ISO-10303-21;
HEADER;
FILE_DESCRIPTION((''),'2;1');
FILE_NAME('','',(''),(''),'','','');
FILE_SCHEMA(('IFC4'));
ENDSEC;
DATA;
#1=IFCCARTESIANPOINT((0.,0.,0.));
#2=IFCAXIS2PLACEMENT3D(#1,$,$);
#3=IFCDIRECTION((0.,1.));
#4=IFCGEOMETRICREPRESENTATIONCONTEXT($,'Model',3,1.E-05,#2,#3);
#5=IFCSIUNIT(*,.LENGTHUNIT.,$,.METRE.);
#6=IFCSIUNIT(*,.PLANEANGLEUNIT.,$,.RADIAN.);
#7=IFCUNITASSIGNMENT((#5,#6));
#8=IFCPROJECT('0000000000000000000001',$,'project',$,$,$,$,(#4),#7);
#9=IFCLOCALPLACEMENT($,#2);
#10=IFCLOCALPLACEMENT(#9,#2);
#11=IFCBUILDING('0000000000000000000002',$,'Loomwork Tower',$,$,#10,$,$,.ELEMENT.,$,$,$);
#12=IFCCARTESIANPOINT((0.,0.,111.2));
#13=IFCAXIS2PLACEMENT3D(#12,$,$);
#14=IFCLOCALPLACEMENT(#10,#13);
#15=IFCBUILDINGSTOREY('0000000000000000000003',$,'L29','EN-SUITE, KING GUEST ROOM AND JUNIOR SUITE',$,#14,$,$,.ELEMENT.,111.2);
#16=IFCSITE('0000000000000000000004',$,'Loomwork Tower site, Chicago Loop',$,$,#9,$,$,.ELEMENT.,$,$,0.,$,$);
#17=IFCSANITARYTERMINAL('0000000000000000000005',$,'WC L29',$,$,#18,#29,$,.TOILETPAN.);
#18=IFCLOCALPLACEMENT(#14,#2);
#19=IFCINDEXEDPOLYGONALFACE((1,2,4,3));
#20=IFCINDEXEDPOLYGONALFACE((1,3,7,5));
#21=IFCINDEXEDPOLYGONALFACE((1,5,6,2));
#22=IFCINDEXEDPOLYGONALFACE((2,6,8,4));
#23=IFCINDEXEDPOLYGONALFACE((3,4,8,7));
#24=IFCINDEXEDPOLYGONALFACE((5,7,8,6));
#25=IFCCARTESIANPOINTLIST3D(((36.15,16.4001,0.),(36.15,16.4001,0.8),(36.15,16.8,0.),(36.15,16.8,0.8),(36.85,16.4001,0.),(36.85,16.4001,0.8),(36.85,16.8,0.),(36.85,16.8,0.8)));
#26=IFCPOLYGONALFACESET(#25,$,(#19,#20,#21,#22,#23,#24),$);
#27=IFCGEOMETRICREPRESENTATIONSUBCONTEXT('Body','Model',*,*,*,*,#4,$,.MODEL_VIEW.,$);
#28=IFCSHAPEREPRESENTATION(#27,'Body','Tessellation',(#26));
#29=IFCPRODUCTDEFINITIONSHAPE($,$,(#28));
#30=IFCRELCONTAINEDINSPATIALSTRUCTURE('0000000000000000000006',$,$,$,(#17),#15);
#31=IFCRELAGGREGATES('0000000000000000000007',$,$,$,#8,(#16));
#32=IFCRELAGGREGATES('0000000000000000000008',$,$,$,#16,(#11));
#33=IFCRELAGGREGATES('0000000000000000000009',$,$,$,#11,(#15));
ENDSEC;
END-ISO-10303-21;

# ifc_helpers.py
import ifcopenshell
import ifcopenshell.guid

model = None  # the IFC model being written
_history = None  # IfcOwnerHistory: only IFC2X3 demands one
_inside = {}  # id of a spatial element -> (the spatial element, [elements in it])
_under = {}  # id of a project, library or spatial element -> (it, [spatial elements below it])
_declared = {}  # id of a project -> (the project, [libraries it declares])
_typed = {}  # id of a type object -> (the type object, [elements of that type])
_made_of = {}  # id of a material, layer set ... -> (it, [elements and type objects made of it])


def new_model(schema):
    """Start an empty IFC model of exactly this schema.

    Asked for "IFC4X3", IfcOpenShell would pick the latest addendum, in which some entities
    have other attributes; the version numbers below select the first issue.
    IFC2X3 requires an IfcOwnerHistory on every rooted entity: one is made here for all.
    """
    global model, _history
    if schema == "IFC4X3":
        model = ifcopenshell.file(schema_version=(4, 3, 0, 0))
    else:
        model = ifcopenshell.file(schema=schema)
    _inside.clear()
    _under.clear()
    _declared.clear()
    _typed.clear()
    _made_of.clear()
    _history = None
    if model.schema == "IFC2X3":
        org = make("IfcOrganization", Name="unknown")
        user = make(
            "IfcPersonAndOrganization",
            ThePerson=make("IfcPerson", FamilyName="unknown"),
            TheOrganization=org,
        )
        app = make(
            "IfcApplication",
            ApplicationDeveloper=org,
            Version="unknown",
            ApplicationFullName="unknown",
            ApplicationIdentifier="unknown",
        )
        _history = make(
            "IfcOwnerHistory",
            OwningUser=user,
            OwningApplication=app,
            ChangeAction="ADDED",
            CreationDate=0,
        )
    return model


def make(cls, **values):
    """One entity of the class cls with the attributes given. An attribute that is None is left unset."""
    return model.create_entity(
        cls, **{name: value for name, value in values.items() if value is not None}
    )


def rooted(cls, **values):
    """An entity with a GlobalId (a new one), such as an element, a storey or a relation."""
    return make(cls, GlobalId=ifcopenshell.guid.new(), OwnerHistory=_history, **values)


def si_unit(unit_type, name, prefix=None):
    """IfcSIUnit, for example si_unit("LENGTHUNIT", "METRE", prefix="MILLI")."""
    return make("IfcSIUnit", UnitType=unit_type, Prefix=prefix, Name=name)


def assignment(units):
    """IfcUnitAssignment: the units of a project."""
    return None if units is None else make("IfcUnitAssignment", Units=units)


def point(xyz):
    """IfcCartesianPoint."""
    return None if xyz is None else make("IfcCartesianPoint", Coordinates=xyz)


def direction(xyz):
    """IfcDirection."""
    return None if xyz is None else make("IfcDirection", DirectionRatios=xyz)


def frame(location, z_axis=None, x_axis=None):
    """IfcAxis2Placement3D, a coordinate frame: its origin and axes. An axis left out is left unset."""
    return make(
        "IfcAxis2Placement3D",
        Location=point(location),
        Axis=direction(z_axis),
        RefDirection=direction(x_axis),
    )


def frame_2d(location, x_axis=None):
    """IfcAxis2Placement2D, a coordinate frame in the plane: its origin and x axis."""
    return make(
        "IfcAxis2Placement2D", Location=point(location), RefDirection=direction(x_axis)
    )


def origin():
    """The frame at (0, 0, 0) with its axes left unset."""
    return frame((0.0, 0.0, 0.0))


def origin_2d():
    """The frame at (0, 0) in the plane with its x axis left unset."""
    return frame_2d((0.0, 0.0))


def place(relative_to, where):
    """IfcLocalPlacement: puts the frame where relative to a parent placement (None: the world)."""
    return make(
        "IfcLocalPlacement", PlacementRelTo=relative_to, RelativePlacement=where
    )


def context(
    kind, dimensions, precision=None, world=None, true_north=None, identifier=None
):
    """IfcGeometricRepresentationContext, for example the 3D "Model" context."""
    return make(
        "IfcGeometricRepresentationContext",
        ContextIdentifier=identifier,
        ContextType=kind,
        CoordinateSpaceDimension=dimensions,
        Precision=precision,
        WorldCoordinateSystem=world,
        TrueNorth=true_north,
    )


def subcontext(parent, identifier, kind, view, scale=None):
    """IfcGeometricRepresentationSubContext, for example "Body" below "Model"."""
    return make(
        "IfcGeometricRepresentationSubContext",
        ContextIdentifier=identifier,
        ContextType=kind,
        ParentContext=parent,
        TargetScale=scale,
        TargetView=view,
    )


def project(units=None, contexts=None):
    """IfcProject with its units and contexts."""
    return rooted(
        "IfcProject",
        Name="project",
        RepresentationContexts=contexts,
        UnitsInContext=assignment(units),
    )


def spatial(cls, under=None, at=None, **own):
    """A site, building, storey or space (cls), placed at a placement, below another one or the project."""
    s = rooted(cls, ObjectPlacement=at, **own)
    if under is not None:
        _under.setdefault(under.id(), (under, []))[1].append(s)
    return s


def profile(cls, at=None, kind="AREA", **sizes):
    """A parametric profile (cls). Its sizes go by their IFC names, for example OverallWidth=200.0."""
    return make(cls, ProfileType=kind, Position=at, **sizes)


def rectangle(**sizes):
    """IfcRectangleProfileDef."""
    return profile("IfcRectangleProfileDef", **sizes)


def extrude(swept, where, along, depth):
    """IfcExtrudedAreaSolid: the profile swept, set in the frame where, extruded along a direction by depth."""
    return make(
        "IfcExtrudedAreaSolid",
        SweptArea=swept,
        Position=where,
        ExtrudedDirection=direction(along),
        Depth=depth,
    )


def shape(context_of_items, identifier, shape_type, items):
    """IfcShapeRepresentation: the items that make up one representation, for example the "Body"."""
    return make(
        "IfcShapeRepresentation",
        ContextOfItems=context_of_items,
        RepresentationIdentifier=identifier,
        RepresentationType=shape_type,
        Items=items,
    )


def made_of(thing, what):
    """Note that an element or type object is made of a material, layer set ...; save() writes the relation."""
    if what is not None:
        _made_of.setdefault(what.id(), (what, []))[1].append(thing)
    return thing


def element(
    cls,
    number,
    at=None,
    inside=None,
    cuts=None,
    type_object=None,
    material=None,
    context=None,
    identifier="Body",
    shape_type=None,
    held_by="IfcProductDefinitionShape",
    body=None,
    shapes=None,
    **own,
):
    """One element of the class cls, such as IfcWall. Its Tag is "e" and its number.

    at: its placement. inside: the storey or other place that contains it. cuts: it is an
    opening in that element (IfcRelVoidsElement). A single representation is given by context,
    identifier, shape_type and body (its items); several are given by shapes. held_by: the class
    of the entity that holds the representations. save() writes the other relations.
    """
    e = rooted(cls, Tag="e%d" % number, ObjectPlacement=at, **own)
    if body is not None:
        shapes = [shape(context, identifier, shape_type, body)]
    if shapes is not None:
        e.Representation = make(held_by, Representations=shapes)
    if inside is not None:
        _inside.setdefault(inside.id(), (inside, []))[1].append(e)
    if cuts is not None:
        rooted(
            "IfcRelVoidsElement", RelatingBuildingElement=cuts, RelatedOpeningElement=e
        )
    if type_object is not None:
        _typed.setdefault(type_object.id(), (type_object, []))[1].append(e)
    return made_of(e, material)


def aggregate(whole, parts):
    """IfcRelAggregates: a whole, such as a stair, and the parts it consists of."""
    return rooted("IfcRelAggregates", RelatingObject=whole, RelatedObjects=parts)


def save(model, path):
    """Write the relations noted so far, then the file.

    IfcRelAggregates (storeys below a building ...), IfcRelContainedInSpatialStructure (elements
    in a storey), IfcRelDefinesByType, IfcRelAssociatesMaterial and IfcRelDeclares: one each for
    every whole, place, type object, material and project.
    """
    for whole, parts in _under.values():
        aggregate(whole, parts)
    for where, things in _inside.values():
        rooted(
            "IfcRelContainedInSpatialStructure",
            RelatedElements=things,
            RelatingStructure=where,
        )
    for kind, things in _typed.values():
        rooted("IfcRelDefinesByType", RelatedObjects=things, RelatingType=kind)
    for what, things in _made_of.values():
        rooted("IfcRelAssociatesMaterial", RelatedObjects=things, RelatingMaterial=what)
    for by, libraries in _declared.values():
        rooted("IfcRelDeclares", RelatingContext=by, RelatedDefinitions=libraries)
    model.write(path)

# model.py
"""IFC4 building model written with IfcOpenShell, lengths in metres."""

from ifc_helpers import new_model, si_unit, direction, frame, origin, origin_2d, place, context, subcontext, project, spatial, rectangle, extrude, element, save


model = new_model("IFC4")

# Units and contexts
model_context = context("Model", 3, precision=1e-05, world=origin(), true_north=direction((0.0, 1.0)))
body_context = subcontext(model_context, "Body", "Model", "MODEL_VIEW")
ifc_project = project(units=[si_unit("LENGTHUNIT", "METRE"), si_unit("PLANEANGLEUNIT", "RADIAN")], contexts=[model_context])

# Site, building, storey
site_placement = place(None, origin())
site = spatial("IfcSite", under=ifc_project, at=site_placement, Name="Loomwork Tower site, Chicago Loop", CompositionType="ELEMENT", RefElevation=0.0)
building_placement = place(site_placement, origin())
building = spatial("IfcBuilding", under=site, at=building_placement, Name="Loomwork Tower", CompositionType="ELEMENT")
storey_placement = place(building_placement, frame((0.0, 0.0, 111.2)))
storey = spatial("IfcBuildingStorey", under=building, at=storey_placement, Name="L29", Description="EN-SUITE, KING GUEST ROOM AND JUNIOR SUITE", CompositionType="ELEMENT", Elevation=111.2)

# Sanitary terminal
sanitary_terminal_1_placement = place(storey_placement, frame((36.5, 16.6001, 0.0), z_axis=(0.0, 0.0, 1.0), x_axis=(1.0, 0.0, 0.0)))
element("IfcSanitaryTerminal", 1, at=sanitary_terminal_1_placement, inside=storey, Name="WC L29", PredefinedType="TOILETPAN", context=body_context, shape_type="SweptSolid", body=[
    extrude(rectangle(XDim=0.7, YDim=0.3999, at=origin_2d()), origin(), (0.0, 0.0, 1.0), 0.8),
])

save(model, "model.ifc")
